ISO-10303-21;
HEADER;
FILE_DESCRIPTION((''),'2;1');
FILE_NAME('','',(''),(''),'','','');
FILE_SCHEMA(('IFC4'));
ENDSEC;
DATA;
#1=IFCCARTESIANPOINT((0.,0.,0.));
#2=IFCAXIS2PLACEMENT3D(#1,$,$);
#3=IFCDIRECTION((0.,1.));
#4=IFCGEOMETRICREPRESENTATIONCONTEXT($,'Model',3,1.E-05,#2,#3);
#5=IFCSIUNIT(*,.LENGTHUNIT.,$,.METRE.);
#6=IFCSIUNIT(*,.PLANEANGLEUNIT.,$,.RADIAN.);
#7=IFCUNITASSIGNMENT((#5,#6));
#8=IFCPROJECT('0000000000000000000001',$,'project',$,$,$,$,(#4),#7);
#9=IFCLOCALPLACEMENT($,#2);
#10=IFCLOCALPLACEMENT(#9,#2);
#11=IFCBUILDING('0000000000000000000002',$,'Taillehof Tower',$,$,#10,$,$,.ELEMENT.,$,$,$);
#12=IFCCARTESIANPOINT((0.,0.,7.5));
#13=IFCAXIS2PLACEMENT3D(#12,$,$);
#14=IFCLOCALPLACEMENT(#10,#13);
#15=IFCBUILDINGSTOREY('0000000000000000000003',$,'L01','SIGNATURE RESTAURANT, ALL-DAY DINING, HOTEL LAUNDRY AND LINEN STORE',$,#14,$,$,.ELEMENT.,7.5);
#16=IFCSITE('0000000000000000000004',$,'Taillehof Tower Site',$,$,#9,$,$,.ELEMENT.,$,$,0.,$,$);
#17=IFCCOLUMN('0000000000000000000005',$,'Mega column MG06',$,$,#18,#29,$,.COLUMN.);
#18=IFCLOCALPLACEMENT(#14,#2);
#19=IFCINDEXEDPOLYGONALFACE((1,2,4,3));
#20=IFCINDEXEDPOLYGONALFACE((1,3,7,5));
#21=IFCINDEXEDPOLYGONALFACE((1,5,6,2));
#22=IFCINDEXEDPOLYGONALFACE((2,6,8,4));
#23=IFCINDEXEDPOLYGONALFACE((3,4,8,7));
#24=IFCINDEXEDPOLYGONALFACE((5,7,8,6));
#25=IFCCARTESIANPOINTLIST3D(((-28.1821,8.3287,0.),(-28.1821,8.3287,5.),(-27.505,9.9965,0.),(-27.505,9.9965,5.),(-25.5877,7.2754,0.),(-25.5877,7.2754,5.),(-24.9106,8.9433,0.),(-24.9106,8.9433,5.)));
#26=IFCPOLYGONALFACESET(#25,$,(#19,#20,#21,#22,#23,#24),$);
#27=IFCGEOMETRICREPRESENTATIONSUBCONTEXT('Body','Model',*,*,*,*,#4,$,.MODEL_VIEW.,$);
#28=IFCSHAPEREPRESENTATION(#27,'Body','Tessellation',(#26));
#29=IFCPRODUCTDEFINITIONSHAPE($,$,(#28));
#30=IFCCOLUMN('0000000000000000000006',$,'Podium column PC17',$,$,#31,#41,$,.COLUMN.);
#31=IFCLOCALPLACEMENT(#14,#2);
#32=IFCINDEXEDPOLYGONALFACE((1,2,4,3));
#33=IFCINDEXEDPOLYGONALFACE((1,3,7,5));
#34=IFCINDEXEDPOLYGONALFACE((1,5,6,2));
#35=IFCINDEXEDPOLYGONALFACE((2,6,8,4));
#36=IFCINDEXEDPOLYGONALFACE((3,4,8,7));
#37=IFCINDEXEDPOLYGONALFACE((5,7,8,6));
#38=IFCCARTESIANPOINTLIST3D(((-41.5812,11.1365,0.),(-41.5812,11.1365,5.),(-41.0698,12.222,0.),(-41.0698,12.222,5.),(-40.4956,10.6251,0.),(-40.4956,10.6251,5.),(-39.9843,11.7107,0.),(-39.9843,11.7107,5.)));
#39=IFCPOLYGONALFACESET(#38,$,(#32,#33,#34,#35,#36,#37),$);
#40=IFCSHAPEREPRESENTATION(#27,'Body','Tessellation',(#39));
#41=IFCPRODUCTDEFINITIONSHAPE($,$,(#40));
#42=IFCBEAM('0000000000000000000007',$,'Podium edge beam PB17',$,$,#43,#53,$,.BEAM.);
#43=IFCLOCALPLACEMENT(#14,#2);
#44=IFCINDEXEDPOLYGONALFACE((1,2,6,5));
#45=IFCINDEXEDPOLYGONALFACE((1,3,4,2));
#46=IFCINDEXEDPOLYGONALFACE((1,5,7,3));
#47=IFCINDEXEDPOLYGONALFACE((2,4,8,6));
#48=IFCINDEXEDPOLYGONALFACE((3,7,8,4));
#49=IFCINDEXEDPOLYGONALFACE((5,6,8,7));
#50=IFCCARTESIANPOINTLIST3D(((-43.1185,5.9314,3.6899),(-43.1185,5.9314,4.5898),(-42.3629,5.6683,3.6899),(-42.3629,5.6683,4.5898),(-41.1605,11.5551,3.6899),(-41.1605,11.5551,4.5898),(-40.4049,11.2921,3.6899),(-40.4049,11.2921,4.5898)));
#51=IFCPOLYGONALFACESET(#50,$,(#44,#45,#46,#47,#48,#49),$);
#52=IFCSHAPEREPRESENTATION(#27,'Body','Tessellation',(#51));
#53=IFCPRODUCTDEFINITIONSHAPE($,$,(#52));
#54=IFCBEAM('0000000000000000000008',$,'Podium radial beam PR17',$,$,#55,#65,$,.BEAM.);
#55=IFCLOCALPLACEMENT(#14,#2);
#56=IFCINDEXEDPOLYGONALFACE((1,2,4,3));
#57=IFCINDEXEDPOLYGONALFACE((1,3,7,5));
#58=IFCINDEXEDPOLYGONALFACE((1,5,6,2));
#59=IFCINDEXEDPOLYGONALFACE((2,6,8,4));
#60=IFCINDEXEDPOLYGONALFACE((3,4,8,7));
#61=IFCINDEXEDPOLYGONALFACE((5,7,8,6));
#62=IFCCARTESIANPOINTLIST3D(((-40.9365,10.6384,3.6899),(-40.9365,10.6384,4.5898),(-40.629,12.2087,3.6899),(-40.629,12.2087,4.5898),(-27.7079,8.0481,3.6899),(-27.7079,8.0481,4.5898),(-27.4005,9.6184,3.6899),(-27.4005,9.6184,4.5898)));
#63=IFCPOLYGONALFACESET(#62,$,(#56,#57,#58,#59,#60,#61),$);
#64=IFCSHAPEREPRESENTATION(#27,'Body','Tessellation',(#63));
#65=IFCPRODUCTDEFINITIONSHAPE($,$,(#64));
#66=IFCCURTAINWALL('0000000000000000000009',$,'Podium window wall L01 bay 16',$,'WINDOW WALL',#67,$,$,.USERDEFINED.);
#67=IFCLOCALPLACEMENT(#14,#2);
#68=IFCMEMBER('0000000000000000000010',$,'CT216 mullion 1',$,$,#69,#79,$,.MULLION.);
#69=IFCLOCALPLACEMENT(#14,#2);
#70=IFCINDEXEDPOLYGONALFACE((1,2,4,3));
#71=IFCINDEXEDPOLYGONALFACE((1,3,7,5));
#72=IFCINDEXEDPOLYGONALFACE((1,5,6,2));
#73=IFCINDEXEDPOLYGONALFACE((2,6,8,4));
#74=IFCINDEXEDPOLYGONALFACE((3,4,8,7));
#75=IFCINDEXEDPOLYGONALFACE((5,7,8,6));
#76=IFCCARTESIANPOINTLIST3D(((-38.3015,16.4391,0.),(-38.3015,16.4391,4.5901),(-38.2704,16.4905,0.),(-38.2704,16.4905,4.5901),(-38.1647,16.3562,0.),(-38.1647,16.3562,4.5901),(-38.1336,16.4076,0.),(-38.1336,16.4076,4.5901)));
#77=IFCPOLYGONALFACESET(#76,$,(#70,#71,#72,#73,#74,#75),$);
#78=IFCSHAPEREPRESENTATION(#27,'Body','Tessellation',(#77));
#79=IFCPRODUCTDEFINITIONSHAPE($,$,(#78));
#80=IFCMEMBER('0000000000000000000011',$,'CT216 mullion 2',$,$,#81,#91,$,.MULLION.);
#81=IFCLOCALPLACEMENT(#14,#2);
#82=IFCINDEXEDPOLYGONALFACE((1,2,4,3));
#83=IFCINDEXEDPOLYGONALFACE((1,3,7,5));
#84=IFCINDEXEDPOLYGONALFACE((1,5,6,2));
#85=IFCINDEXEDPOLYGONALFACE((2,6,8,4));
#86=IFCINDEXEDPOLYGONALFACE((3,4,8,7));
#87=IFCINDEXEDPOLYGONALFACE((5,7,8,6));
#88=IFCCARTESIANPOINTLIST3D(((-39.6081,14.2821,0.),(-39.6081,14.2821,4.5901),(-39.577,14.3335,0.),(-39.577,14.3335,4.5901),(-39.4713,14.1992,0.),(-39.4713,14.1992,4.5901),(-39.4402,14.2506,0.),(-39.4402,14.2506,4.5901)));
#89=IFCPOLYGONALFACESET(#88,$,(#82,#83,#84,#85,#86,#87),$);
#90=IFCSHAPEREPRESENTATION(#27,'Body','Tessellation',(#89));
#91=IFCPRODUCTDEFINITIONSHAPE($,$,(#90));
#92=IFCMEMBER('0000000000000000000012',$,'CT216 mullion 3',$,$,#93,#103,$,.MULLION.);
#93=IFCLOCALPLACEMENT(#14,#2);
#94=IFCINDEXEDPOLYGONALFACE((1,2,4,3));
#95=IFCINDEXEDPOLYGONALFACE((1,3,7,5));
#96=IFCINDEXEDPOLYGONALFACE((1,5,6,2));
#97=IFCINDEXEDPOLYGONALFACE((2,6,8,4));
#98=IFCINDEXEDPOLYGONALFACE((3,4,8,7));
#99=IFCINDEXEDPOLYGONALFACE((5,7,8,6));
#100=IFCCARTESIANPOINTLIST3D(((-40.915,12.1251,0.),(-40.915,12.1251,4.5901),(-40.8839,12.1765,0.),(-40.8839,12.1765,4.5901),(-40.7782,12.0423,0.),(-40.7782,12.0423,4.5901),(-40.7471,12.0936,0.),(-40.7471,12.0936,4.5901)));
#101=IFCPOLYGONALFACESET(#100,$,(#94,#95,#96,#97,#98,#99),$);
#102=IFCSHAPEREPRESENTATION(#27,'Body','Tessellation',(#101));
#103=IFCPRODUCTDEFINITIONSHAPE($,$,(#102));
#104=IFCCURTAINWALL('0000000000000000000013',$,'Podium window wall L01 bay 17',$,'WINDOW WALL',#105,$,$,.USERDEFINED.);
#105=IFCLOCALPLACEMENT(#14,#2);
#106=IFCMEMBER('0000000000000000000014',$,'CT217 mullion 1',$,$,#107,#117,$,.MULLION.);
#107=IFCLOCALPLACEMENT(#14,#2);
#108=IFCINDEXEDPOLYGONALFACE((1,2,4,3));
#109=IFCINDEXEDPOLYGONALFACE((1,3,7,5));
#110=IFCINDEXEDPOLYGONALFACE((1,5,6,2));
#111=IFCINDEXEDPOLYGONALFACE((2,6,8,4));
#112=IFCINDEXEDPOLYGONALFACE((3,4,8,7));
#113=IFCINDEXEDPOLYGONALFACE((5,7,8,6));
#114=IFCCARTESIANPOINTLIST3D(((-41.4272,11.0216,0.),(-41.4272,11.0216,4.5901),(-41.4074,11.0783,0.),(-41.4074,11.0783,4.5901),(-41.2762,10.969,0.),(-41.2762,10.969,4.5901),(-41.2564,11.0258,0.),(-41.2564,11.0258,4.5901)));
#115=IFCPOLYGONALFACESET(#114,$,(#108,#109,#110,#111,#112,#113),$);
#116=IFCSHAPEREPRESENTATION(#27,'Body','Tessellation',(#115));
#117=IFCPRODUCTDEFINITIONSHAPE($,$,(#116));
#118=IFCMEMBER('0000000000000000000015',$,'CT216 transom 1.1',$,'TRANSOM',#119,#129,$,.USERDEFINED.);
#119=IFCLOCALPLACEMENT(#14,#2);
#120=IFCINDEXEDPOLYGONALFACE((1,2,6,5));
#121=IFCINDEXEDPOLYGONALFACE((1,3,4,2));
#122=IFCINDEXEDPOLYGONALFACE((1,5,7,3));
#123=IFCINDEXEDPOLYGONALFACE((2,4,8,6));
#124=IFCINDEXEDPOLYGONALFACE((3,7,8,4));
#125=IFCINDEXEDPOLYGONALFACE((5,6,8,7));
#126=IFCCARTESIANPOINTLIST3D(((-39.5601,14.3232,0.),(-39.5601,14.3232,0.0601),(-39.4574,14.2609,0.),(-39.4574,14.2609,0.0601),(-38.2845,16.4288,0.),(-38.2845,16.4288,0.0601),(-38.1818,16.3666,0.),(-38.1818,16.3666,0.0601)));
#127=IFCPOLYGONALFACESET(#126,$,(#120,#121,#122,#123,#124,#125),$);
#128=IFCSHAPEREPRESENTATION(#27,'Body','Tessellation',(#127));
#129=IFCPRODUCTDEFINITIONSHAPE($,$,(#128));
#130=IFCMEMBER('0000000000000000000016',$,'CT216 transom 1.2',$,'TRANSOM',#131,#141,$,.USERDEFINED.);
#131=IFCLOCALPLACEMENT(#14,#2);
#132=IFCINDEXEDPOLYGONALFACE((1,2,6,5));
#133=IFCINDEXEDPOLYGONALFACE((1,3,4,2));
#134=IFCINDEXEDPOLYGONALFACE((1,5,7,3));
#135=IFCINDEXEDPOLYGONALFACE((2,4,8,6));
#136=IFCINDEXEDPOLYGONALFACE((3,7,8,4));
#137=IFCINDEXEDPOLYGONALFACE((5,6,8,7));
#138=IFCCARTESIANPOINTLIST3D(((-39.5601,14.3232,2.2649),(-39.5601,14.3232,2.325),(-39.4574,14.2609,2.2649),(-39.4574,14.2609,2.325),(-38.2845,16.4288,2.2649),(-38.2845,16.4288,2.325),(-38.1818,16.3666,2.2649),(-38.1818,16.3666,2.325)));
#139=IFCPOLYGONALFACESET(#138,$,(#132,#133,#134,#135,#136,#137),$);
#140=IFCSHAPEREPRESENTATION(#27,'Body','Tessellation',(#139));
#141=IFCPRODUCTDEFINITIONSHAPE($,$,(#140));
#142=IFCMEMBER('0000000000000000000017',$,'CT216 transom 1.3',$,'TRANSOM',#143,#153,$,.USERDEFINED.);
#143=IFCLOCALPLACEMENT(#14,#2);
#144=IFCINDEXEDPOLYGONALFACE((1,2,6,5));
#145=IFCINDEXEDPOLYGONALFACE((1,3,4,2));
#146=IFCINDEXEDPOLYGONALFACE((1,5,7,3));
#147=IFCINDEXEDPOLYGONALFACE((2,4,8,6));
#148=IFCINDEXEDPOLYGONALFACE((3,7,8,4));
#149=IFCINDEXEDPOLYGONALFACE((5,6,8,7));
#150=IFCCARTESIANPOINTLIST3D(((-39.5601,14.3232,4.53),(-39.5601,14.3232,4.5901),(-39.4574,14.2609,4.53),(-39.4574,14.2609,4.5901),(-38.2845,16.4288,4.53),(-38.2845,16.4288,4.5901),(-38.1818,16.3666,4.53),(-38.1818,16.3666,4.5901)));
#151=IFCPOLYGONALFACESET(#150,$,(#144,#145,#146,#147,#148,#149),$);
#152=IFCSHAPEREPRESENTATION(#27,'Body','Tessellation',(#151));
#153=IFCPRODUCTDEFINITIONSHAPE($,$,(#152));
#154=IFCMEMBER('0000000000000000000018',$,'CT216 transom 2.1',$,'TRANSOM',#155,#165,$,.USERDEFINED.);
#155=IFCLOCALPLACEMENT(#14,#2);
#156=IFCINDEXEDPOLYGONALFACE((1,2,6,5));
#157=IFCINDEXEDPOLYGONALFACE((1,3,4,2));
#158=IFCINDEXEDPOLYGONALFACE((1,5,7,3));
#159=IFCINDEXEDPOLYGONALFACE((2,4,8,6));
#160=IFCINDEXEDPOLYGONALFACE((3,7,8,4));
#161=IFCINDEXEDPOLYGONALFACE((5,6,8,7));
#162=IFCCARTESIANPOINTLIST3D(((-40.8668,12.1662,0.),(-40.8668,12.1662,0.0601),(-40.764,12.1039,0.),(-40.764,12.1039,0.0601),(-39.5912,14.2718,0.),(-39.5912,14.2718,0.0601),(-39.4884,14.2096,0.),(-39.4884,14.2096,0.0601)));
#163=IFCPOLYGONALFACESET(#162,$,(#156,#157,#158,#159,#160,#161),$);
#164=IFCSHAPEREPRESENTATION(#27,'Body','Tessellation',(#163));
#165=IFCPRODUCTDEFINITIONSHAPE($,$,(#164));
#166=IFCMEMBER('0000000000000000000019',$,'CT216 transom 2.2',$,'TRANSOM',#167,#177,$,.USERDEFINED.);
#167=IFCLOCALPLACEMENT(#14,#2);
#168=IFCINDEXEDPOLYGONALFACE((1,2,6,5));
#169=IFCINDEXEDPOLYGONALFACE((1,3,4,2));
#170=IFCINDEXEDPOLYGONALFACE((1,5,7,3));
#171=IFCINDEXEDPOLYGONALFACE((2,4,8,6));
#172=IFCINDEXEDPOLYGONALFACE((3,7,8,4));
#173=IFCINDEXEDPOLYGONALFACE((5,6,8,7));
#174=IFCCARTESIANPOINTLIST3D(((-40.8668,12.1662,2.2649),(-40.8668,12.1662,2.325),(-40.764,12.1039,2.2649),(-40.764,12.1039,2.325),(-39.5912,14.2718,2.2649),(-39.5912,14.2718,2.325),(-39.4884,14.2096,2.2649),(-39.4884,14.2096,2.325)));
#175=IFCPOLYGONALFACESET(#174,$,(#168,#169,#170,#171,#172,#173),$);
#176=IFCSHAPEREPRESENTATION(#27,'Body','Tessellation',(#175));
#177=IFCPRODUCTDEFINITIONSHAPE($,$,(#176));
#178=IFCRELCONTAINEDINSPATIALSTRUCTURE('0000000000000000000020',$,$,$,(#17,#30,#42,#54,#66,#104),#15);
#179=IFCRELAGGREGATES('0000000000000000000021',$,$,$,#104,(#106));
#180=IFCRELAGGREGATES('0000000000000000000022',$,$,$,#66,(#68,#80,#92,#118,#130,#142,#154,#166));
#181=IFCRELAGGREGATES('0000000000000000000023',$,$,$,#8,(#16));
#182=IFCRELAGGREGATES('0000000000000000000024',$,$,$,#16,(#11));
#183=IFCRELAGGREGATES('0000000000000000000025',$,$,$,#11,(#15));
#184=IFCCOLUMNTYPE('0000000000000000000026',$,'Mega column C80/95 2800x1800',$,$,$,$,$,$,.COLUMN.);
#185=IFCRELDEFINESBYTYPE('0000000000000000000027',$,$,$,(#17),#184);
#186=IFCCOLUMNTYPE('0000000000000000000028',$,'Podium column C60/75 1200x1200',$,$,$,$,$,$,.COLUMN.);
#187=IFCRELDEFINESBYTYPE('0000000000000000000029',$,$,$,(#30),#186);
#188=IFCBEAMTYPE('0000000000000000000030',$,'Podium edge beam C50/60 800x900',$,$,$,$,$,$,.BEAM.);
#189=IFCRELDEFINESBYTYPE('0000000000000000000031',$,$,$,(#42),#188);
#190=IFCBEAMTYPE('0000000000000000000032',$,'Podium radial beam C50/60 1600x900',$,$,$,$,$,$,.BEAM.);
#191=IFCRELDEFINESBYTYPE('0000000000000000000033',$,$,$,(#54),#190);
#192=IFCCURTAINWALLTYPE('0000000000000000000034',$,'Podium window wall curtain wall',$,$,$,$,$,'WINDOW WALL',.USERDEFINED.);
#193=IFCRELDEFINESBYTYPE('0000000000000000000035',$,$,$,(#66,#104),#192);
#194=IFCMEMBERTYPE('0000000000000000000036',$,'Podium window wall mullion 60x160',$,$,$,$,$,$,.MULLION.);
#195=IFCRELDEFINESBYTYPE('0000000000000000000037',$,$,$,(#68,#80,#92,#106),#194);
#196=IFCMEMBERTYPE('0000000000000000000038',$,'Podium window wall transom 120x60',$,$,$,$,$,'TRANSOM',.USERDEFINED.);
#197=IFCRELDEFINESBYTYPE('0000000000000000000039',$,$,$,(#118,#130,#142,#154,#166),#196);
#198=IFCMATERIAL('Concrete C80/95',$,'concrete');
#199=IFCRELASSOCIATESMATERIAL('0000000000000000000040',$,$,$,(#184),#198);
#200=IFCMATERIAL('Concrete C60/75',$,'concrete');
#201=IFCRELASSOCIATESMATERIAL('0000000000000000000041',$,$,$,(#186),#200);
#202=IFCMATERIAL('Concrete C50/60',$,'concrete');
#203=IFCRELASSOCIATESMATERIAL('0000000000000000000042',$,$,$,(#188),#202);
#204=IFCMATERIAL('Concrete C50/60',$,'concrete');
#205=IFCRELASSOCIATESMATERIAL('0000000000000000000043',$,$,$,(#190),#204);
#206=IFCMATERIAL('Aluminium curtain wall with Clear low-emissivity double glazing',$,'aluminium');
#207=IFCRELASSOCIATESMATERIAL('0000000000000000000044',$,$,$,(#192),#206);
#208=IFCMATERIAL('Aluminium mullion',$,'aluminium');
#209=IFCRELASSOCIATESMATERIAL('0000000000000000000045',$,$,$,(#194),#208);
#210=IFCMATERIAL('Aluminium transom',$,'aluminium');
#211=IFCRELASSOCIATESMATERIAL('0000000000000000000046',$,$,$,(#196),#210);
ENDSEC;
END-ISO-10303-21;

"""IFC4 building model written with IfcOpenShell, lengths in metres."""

from ifc_helpers import new_model, si_unit, direction, frame, origin, origin_2d, place, context, subcontext, project, spatial, rectangle, extrude, material, material_profile, profile_set, type_object, element, aggregate, save


model = new_model("IFC4")

# Units and contexts
model_context = context("Model", 3, precision=1e-05, world=origin(), true_north=direction((0.0, 1.0)))
body_context = subcontext(model_context, "Body", "Model", "MODEL_VIEW")
ifc_project = project(units=[si_unit("LENGTHUNIT", "METRE"), si_unit("PLANEANGLEUNIT", "RADIAN")], contexts=[model_context])

# Site, building, storey
site_placement = place(None, origin())
site = spatial("IfcSite", under=ifc_project, at=site_placement, Name="Taillehof Tower Site", CompositionType="ELEMENT", RefElevation=0.0)
building_placement = place(site_placement, origin())
building = spatial("IfcBuilding", under=site, at=building_placement, Name="Taillehof Tower", CompositionType="ELEMENT")
storey_placement = place(building_placement, frame((0.0, 0.0, 7.5)))
storey = spatial("IfcBuildingStorey", under=building, at=storey_placement, Name="L01", Description="SIGNATURE RESTAURANT, ALL-DAY DINING, HOTEL LAUNDRY AND LINEN STORE", CompositionType="ELEMENT", Elevation=7.5)

# Columns
ifc_material_1 = material(Name="Concrete C80/95", Category="concrete")
ifc_material_profile_1 = material_profile(ifc_material_1, rectangle(XDim=2.8, YDim=1.8, at=origin_2d()), Name="RC 2800x1800")
ifc_profile_set_1 = profile_set([ifc_material_profile_1], Name="Concrete C80/95")
column_type_1 = type_object("IfcColumnType", Name="Mega column C80/95 2800x1800", PredefinedType="COLUMN", material=ifc_profile_set_1)
column_1_placement = place(storey_placement, frame((-26.5464, 8.636, 0.0), z_axis=(0.0, 0.0, 1.0), x_axis=(-0.926558, 0.376152, 0.0)))
element("IfcColumn", 1, at=column_1_placement, inside=storey, type_object=column_type_1, Name="Mega column MG06", PredefinedType="COLUMN", context=body_context, shape_type="SweptSolid", body=[
    extrude(rectangle(XDim=2.8, YDim=1.8, at=origin_2d()), origin(), (0.0, 0.0, 1.0), 5.0),
])
ifc_material_2 = material(Name="Concrete C60/75", Category="concrete")
ifc_material_profile_2 = material_profile(ifc_material_2, rectangle(XDim=1.2, YDim=1.2, at=origin_2d()), Name="RC 1200x1200")
ifc_profile_set_2 = profile_set([ifc_material_profile_2], Name="Concrete C60/75")
column_type_2 = type_object("IfcColumnType", Name="Podium column C60/75 1200x1200", PredefinedType="COLUMN", material=ifc_profile_set_2)
column_2_placement = place(storey_placement, frame((-40.7827, 11.4236, 0.0), z_axis=(0.0, 0.0, 1.0), x_axis=(-0.904668, 0.426117, 0.0)))
element("IfcColumn", 2, at=column_2_placement, inside=storey, type_object=column_type_2, Name="Podium column PC17", PredefinedType="COLUMN", context=body_context, shape_type="SweptSolid", body=[
    extrude(rectangle(XDim=1.2, YDim=1.2, at=origin_2d()), origin(), (0.0, 0.0, 1.0), 5.0),
])

# Beams
ifc_material_3 = material(Name="Concrete C50/60", Category="concrete")
ifc_material_profile_3 = material_profile(ifc_material_3, rectangle(XDim=0.8, YDim=0.8999, at=origin_2d()), Name="RC 800x900")
ifc_profile_set_3 = profile_set([ifc_material_profile_3], Name="Concrete C50/60")
beam_type_1 = type_object("IfcBeamType", Name="Podium edge beam C50/60 800x900", PredefinedType="BEAM", material=ifc_profile_set_3)
beam_1_placement = place(storey_placement, frame((-40.7827, 11.4236, 4.1399), z_axis=(-0.328807, -0.944397, 0.0), x_axis=(0.944397, -0.328807, 0.0)))
element("IfcBeam", 3, at=beam_1_placement, inside=storey, type_object=beam_type_1, Name="Podium edge beam PB17", PredefinedType="BEAM", context=body_context, shape_type="SweptSolid", body=[
    extrude(rectangle(XDim=0.8, YDim=0.8999, at=origin_2d()), origin(), (0.0, 0.0, 1.0), 5.9548),
])
ifc_material_4 = material(Name="Concrete C50/60", Category="concrete")
ifc_material_profile_4 = material_profile(ifc_material_4, rectangle(XDim=1.6001, YDim=0.8999, at=origin_2d()), Name="RC 1600x900")
ifc_profile_set_4 = profile_set([ifc_material_profile_4], Name="Concrete C50/60")
beam_type_2 = type_object("IfcBeamType", Name="Podium radial beam C50/60 1600x900", PredefinedType="BEAM", material=ifc_profile_set_4)
beam_2_placement = place(storey_placement, frame((-40.7827, 11.4236, 4.1399), z_axis=(0.981363, -0.192165, 0.0), x_axis=(0.192165, 0.981363, 0.0)))
element("IfcBeam", 4, at=beam_2_placement, inside=storey, type_object=beam_type_2, Name="Podium radial beam PR17", PredefinedType="BEAM", context=body_context, shape_type="SweptSolid", body=[
    extrude(rectangle(XDim=1.6001, YDim=0.8999, at=origin_2d()), origin(), (0.0, 0.0, 1.0), 13.4797),
])

# Curtain wall, members
ifc_material_5 = material(Name="Aluminium curtain wall with Clear low-emissivity double glazing", Category="aluminium")
curtain_wall_type = type_object("IfcCurtainWallType", Name="Podium window wall curtain wall", ElementType="WINDOW WALL", PredefinedType="USERDEFINED", material=ifc_material_5)
curtain_wall_1_placement = place(storey_placement, origin())
curtain_wall_1 = element("IfcCurtainWall", 5, at=curtain_wall_1_placement, inside=storey, type_object=curtain_wall_type, Name="Podium window wall L01 bay 16", ObjectType="WINDOW WALL", PredefinedType="USERDEFINED")
ifc_material_6 = material(Name="Aluminium mullion", Category="aluminium")
ifc_material_profile_5 = material_profile(ifc_material_6, rectangle(XDim=0.1599, YDim=0.0601, at=origin_2d()), Name="AL 60x160")
ifc_profile_set_5 = profile_set([ifc_material_profile_5], Name="Aluminium mullion")
member_type_1 = type_object("IfcMemberType", Name="Podium window wall mullion 60x160", PredefinedType="MULLION", material=ifc_profile_set_5)
member_1_placement = place(storey_placement, frame((-38.2175, 16.4233, 0.0), z_axis=(0.0, 0.0, 1.0), x_axis=(0.855289, -0.518151, 0.0)))
member_1 = element("IfcMember", 6, at=member_1_placement, type_object=member_type_1, Name="CT216 mullion 1", PredefinedType="MULLION", context=body_context, shape_type="SweptSolid", body=[
    extrude(rectangle(XDim=0.1599, YDim=0.0601, at=origin_2d()), origin(), (0.0, 0.0, 1.0), 4.5901),
])
member_2_placement = place(storey_placement, frame((-39.5242, 14.2664, 0.0), z_axis=(0.0, 0.0, 1.0), x_axis=(0.855289, -0.518151, 0.0)))
member_2 = element("IfcMember", 7, at=member_2_placement, type_object=member_type_1, Name="CT216 mullion 2", PredefinedType="MULLION", context=body_context, shape_type="SweptSolid", body=[
    extrude(rectangle(XDim=0.1599, YDim=0.0601, at=origin_2d()), origin(), (0.0, 0.0, 1.0), 4.5901),
])
member_3_placement = place(storey_placement, frame((-40.8311, 12.1094, 0.0), z_axis=(0.0, 0.0, 1.0), x_axis=(0.855289, -0.518151, 0.0)))
member_3 = element("IfcMember", 8, at=member_3_placement, type_object=member_type_1, Name="CT216 mullion 3", PredefinedType="MULLION", context=body_context, shape_type="SweptSolid", body=[
    extrude(rectangle(XDim=0.1599, YDim=0.0601, at=origin_2d()), origin(), (0.0, 0.0, 1.0), 4.5901),
])

# Curtain wall, member
curtain_wall_2_placement = place(storey_placement, origin())
curtain_wall_2 = element("IfcCurtainWall", 9, at=curtain_wall_2_placement, inside=storey, type_object=curtain_wall_type, Name="Podium window wall L01 bay 17", ObjectType="WINDOW WALL", PredefinedType="USERDEFINED")
member_4_placement = place(storey_placement, frame((-41.3418, 11.0237, 0.0), z_axis=(0.0, 0.0, 1.0), x_axis=(0.944414, -0.328758, 0.0)))
member_4 = element("IfcMember", 10, at=member_4_placement, type_object=member_type_1, Name="CT217 mullion 1", PredefinedType="MULLION", context=body_context, shape_type="SweptSolid", body=[
    extrude(rectangle(XDim=0.1599, YDim=0.0601, at=origin_2d()), origin(), (0.0, 0.0, 1.0), 4.5901),
])

# Members
ifc_material_7 = material(Name="Aluminium transom", Category="aluminium")
ifc_material_profile_6 = material_profile(ifc_material_7, rectangle(XDim=0.1201, YDim=0.0601, at=origin_2d()), Name="AL 120x60")
ifc_profile_set_6 = profile_set([ifc_material_profile_6], Name="Aluminium transom")
member_type_2 = type_object("IfcMemberType", Name="Podium window wall transom 120x60", ElementType="TRANSOM", PredefinedType="USERDEFINED", material=ifc_profile_set_6)
member_5_placement = place(storey_placement, frame((-38.2332, 16.3977, 0.03), z_axis=(-0.518137, -0.855298, 0.0), x_axis=(0.855298, -0.518137, 0.0)))
member_5 = element("IfcMember", 11, at=member_5_placement, type_object=member_type_2, Name="CT216 transom 1.1", ObjectType="TRANSOM", PredefinedType="USERDEFINED", context=body_context, shape_type="SweptSolid", body=[
    extrude(rectangle(XDim=0.1201, YDim=0.0601, at=origin_2d()), origin(), (0.0, 0.0, 1.0), 2.4619),
])
member_6_placement = place(storey_placement, frame((-38.2332, 16.3977, 2.2949), z_axis=(-0.518137, -0.855298, 0.0), x_axis=(0.855298, -0.518137, 0.0)))
member_6 = element("IfcMember", 12, at=member_6_placement, type_object=member_type_2, Name="CT216 transom 1.2", ObjectType="TRANSOM", PredefinedType="USERDEFINED", context=body_context, shape_type="SweptSolid", body=[
    extrude(rectangle(XDim=0.1201, YDim=0.0601, at=origin_2d()), origin(), (0.0, 0.0, 1.0), 2.4619),
])
member_7_placement = place(storey_placement, frame((-38.2332, 16.3977, 4.5601), z_axis=(-0.518137, -0.855298, 0.0), x_axis=(0.855298, -0.518137, 0.0)))
member_7 = element("IfcMember", 13, at=member_7_placement, type_object=member_type_2, Name="CT216 transom 1.3", ObjectType="TRANSOM", PredefinedType="USERDEFINED", context=body_context, shape_type="SweptSolid", body=[
    extrude(rectangle(XDim=0.1201, YDim=0.0601, at=origin_2d()), origin(), (0.0, 0.0, 1.0), 2.4619),
])
member_8_placement = place(storey_placement, frame((-39.5398, 14.2407, 0.03), z_axis=(-0.518137, -0.855298, 0.0), x_axis=(0.855298, -0.518137, 0.0)))
member_8 = element("IfcMember", 14, at=member_8_placement, type_object=member_type_2, Name="CT216 transom 2.1", ObjectType="TRANSOM", PredefinedType="USERDEFINED", context=body_context, shape_type="SweptSolid", body=[
    extrude(rectangle(XDim=0.1201, YDim=0.0601, at=origin_2d()), origin(), (0.0, 0.0, 1.0), 2.4619),
])
member_9_placement = place(storey_placement, frame((-39.5398, 14.2407, 2.2949), z_axis=(-0.518137, -0.855298, 0.0), x_axis=(0.855298, -0.518137, 0.0)))
member_9 = element("IfcMember", 15, at=member_9_placement, type_object=member_type_2, Name="CT216 transom 2.2", ObjectType="TRANSOM", PredefinedType="USERDEFINED", context=body_context, shape_type="SweptSolid", body=[
    extrude(rectangle(XDim=0.1201, YDim=0.0601, at=origin_2d()), origin(), (0.0, 0.0, 1.0), 2.4619),
])
aggregate(curtain_wall_2, [member_4])

aggregate(curtain_wall_1, [member_1, member_2, member_3, member_5, member_6, member_7, member_8, member_9])

save(model, "model.ifc")
